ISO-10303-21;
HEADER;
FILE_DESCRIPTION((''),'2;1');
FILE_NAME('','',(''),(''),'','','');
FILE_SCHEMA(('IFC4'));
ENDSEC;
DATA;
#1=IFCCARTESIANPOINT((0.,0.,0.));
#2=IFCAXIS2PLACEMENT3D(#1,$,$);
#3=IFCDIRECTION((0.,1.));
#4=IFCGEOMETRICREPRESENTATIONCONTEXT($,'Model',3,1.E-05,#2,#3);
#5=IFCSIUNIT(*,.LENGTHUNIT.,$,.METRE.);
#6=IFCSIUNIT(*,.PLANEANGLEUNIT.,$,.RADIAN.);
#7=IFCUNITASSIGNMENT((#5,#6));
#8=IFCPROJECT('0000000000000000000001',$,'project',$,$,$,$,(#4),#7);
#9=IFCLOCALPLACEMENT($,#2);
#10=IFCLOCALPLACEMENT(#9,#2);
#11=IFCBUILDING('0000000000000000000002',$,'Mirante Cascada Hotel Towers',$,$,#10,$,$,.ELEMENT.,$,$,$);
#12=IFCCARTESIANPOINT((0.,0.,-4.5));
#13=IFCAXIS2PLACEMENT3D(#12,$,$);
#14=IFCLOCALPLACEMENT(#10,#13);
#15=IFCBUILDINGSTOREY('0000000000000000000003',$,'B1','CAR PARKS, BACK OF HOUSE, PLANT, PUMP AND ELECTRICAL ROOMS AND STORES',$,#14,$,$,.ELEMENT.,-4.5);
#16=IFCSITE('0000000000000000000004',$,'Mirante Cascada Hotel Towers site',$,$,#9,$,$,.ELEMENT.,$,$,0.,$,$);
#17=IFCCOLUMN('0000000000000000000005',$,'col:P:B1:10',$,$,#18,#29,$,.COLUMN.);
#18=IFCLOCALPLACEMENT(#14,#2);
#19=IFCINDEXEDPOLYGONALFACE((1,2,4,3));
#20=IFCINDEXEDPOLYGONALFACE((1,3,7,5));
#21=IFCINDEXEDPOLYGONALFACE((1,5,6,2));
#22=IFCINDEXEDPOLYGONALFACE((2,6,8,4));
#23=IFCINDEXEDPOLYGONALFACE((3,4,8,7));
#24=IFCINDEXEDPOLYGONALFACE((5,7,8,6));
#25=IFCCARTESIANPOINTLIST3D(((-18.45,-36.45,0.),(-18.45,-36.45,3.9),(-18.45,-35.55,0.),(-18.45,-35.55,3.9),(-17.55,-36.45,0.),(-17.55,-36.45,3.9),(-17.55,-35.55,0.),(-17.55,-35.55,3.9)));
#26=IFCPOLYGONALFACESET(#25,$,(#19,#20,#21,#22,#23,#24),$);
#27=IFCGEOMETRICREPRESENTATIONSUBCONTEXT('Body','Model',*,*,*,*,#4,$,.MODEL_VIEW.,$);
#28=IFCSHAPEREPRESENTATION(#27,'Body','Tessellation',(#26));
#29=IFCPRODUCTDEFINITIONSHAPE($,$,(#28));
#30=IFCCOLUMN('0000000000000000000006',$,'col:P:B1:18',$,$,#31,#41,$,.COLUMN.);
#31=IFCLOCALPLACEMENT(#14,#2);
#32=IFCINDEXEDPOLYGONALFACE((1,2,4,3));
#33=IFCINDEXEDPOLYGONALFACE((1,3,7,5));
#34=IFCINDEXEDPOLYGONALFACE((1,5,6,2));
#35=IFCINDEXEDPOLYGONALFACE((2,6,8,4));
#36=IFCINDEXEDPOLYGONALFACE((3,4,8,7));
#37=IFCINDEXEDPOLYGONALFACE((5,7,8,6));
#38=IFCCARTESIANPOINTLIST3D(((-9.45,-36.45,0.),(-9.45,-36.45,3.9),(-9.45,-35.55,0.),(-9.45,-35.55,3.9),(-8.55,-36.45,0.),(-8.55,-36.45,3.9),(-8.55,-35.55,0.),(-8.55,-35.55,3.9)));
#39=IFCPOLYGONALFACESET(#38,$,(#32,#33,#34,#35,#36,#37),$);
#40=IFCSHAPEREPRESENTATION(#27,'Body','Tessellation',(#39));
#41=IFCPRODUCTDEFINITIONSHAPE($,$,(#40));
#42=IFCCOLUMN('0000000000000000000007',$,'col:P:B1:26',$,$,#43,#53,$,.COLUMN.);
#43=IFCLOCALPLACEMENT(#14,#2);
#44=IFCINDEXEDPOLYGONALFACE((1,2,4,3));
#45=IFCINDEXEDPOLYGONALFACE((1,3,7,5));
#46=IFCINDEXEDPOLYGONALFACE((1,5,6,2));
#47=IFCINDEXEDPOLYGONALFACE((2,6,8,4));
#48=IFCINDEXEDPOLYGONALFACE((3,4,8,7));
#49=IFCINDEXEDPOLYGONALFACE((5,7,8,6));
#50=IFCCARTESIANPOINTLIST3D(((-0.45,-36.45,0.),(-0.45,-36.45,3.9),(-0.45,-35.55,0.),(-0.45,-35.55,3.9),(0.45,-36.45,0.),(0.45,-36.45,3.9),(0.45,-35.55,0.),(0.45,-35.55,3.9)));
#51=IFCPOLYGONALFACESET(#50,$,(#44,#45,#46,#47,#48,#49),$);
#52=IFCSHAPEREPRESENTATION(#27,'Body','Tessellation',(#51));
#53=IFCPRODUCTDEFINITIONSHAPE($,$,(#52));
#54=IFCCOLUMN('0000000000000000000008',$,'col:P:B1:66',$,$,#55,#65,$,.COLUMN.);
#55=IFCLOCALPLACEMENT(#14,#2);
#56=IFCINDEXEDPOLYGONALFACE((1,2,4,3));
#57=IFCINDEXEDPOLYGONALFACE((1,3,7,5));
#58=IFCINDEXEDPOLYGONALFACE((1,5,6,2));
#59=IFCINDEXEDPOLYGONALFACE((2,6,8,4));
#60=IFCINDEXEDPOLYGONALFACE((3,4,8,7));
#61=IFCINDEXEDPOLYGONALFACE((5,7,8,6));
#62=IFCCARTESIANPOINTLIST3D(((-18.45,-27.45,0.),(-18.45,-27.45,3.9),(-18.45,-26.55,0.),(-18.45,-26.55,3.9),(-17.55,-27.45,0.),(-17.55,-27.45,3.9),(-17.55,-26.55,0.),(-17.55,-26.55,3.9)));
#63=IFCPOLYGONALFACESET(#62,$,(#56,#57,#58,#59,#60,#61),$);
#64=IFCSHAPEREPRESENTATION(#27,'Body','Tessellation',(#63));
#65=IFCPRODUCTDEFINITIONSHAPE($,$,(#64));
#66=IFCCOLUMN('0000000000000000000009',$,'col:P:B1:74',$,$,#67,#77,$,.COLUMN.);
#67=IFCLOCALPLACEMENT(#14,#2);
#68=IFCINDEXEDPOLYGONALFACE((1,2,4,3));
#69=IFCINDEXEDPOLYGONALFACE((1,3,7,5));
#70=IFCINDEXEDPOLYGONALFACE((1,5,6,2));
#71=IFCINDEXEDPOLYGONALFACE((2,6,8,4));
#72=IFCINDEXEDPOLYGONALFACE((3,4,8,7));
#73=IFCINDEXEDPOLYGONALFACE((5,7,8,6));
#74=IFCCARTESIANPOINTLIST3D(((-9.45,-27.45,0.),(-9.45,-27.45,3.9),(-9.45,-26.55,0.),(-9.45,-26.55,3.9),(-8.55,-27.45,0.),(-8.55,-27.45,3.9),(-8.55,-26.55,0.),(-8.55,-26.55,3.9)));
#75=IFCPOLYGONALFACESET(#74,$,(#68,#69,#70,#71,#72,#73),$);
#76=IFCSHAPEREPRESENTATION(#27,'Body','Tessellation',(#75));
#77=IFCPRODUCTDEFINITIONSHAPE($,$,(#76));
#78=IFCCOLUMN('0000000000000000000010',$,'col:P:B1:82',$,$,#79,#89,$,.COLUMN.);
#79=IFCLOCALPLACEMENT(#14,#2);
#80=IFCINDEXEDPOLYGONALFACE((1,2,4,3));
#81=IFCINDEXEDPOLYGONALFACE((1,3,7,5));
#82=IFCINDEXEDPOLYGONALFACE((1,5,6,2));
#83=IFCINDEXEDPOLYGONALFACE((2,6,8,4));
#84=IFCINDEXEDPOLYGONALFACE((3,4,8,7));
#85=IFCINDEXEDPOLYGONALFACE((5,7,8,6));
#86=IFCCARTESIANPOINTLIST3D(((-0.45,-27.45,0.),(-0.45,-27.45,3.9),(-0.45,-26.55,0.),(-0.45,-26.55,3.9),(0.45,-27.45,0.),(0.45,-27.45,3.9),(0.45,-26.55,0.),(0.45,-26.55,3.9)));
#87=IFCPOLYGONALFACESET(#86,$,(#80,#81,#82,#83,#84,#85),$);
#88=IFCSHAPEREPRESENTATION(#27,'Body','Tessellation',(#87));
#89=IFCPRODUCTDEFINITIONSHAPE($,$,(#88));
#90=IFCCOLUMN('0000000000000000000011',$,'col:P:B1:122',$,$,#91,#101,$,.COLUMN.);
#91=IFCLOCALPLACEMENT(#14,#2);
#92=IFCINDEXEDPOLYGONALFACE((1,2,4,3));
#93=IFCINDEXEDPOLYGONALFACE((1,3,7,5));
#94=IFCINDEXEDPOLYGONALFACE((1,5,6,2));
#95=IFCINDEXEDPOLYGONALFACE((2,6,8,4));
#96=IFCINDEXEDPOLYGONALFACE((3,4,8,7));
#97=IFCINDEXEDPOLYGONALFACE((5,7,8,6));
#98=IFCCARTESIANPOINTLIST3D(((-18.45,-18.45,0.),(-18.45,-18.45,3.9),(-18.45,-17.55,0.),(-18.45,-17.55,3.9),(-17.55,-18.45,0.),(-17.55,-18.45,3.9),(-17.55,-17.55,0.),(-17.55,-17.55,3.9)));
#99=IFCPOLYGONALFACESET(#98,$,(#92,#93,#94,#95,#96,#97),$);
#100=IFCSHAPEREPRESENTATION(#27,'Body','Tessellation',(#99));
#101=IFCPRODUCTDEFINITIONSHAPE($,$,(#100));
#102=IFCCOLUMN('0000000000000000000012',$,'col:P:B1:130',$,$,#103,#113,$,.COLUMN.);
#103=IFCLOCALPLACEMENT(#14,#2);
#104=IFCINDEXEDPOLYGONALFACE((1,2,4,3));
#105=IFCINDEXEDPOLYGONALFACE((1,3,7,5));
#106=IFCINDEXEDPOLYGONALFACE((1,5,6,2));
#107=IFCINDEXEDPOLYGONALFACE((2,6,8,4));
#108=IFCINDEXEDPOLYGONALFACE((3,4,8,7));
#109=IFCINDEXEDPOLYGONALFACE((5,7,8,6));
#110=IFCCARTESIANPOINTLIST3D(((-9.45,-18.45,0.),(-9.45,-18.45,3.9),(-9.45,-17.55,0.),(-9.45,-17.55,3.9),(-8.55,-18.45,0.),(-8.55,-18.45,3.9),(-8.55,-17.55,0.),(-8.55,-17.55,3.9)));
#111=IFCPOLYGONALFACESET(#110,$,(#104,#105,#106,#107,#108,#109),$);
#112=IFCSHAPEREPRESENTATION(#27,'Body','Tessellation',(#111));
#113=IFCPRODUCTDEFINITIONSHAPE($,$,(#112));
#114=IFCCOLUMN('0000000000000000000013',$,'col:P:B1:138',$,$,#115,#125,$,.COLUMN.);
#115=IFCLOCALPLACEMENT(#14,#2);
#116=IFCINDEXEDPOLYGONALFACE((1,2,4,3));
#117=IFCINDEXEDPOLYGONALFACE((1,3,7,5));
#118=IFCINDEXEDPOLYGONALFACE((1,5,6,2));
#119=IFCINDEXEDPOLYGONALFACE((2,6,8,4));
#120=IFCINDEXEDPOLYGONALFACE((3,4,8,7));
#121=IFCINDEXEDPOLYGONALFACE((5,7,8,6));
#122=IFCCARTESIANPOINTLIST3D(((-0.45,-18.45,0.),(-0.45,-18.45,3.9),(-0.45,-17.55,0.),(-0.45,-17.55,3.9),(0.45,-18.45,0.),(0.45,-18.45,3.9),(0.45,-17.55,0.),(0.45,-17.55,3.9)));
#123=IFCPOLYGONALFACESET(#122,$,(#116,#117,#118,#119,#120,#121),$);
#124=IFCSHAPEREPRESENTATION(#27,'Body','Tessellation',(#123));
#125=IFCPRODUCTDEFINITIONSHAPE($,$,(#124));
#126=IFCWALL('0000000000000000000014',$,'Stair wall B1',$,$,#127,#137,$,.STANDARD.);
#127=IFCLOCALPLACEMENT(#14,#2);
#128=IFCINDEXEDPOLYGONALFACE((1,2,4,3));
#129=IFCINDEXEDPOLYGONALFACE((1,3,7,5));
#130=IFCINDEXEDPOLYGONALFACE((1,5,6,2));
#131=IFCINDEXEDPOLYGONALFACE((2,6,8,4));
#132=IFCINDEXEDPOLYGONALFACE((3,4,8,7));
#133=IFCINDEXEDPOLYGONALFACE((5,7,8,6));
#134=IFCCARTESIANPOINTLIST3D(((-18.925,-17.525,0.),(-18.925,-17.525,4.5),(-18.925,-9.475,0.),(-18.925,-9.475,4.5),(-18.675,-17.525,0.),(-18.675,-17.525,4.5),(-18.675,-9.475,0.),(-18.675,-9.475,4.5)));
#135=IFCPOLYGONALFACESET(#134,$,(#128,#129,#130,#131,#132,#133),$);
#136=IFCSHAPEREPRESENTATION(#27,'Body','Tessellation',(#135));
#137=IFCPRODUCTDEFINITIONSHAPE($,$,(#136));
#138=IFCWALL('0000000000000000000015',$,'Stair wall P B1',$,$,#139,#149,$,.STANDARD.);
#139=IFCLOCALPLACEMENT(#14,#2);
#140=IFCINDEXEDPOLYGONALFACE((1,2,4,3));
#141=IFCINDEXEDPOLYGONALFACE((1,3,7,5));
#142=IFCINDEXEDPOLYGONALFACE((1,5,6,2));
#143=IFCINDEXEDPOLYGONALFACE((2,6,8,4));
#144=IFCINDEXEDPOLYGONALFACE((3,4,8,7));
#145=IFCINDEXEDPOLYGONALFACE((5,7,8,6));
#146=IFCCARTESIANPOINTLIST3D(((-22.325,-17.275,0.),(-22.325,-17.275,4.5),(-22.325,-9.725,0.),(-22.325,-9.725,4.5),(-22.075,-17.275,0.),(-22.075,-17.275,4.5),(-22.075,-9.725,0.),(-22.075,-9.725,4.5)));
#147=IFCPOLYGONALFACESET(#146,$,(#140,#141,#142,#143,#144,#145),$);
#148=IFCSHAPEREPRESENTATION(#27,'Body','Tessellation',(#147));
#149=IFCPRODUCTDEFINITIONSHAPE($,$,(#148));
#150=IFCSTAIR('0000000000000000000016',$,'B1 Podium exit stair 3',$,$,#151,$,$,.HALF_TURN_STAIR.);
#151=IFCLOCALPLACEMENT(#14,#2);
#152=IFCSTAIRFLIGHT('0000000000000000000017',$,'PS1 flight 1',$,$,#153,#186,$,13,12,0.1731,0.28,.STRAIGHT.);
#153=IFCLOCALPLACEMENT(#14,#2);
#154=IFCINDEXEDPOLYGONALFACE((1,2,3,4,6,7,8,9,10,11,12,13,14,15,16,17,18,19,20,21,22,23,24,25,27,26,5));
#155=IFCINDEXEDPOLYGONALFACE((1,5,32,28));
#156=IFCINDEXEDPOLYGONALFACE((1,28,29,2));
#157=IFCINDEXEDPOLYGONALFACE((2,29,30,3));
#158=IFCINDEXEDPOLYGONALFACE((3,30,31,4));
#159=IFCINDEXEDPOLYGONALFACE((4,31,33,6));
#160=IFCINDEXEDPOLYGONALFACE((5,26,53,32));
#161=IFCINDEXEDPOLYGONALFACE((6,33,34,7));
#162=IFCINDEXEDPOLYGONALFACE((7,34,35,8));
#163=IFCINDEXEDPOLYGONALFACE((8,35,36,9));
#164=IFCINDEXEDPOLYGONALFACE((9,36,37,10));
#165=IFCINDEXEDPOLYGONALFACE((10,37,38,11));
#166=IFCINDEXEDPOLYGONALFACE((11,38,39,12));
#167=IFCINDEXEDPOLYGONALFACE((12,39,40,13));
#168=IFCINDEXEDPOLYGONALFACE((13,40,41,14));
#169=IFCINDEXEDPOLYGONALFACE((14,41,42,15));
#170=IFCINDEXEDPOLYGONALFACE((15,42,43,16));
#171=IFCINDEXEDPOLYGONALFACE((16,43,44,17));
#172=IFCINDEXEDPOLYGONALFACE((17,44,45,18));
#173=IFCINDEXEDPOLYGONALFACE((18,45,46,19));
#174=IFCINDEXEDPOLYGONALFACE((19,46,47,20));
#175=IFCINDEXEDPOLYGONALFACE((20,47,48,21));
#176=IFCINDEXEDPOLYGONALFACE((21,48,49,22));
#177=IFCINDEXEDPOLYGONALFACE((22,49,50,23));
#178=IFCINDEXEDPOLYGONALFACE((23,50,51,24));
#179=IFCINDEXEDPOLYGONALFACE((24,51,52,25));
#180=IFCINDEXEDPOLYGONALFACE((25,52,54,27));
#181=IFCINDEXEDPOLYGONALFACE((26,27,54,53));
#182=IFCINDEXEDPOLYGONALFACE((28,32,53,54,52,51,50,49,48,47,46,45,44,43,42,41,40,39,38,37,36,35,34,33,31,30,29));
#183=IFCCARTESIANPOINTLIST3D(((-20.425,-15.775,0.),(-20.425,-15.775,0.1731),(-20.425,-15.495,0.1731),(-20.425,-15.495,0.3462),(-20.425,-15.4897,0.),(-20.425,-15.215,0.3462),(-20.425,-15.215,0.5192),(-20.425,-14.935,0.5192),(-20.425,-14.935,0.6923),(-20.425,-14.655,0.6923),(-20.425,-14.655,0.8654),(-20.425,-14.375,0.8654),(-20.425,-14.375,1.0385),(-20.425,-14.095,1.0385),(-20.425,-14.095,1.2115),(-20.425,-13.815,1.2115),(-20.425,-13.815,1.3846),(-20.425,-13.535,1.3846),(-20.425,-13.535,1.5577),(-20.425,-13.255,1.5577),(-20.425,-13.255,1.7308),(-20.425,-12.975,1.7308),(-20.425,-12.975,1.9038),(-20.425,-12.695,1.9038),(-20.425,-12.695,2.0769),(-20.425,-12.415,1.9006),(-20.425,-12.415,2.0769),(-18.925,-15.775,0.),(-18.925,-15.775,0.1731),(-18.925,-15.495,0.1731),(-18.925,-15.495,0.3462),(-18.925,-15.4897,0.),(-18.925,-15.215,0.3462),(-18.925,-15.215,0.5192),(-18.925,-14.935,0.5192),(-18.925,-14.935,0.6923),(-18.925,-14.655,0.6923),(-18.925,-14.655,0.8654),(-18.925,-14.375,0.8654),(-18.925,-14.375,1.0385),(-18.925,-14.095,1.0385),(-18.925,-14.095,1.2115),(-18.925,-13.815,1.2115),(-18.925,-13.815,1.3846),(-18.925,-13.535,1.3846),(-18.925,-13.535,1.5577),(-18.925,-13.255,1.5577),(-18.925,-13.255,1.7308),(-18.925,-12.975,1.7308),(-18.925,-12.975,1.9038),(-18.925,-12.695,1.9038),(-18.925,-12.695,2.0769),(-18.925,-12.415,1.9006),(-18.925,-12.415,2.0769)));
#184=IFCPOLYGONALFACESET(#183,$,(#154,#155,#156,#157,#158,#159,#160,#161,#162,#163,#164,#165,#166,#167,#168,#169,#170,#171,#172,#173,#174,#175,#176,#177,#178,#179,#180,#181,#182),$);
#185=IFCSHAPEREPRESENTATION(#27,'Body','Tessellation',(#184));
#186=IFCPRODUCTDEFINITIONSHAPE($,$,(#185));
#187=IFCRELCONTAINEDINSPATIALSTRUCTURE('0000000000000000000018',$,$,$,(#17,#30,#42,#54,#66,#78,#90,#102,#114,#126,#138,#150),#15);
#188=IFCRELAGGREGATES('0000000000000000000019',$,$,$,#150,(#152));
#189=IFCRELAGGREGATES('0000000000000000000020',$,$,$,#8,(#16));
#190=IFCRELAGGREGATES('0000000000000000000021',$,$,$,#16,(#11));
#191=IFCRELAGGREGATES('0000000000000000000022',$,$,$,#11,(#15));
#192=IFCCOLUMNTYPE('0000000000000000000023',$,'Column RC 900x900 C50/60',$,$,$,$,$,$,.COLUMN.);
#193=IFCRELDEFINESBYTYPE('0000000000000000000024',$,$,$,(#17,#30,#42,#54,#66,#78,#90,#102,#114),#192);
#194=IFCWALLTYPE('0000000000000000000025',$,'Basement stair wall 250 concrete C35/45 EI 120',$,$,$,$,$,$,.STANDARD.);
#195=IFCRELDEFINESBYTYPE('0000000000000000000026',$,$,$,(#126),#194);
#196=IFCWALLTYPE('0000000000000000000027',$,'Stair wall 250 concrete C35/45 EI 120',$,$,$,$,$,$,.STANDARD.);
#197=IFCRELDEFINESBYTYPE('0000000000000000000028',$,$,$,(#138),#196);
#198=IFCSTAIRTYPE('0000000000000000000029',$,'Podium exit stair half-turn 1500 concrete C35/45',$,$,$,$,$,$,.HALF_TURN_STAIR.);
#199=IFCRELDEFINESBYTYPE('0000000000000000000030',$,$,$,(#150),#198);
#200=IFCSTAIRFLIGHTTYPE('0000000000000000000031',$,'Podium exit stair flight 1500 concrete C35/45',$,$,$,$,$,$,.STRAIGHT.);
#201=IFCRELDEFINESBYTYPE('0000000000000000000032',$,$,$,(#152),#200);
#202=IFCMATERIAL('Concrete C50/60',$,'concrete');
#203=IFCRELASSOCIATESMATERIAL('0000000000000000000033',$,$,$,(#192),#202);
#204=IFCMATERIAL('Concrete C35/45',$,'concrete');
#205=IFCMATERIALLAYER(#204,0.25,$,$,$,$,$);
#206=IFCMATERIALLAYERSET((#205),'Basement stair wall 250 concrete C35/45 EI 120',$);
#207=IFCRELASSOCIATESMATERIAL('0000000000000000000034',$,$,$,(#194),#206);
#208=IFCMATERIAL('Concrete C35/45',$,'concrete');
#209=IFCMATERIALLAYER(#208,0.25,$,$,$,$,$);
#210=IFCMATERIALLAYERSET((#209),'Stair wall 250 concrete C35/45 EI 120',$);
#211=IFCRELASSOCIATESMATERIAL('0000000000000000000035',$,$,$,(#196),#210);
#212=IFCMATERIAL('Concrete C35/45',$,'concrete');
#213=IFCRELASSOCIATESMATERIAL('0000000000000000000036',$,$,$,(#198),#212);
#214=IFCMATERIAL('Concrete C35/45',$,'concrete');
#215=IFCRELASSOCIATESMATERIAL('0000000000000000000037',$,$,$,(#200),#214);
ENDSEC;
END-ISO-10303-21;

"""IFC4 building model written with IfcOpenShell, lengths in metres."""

from ifc_helpers import new_model, si_unit, direction, frame, frame_2d, origin, origin_2d, place, context, subcontext, project, spatial, polyline, rectangle, outline, extrude, material, layer, layer_set, material_profile, profile_set, type_object, element, aggregate, save


model = new_model("IFC4")

# Units and contexts
model_context = context("Model", 3, precision=1e-05, world=origin(), true_north=direction((0.0, 1.0)))
body_context = subcontext(model_context, "Body", "Model", "MODEL_VIEW")
ifc_project = project(units=[si_unit("LENGTHUNIT", "METRE"), si_unit("PLANEANGLEUNIT", "RADIAN")], contexts=[model_context])

# Site, building, storey
site_placement = place(None, origin())
site = spatial("IfcSite", under=ifc_project, at=site_placement, Name="Mirante Cascada Hotel Towers site", CompositionType="ELEMENT", RefElevation=0.0)
building_placement = place(site_placement, origin())
building = spatial("IfcBuilding", under=site, at=building_placement, Name="Mirante Cascada Hotel Towers", CompositionType="ELEMENT")
storey_placement = place(building_placement, frame((0.0, 0.0, -4.5)))
storey = spatial("IfcBuildingStorey", under=building, at=storey_placement, Name="B1", Description="CAR PARKS, BACK OF HOUSE, PLANT, PUMP AND ELECTRICAL ROOMS AND STORES", CompositionType="ELEMENT", Elevation=-4.5)

# Columns
ifc_material_1 = material(Name="Concrete C50/60", Category="concrete")
ifc_material_profile = material_profile(ifc_material_1, rectangle(XDim=0.9, YDim=0.9, at=origin_2d()), Name="RC 900x900")
ifc_profile_set = profile_set([ifc_material_profile], Name="Concrete C50/60")
column_type = type_object("IfcColumnType", Name="Column RC 900x900 C50/60", PredefinedType="COLUMN", material=ifc_profile_set)
for number, where, z_axis, x_axis, name in (
    (1, (-18.0, -36.0, 0.0), (0.0, 0.0, 1.0), (1.0, 0.0, 0.0), "col:P:B1:10"),
    (2, (-9.0, -36.0, 0.0), (0.0, 0.0, 1.0), (1.0, 0.0, 0.0), "col:P:B1:18"),
    (3, (0.0, -36.0, 0.0), (0.0, 0.0, 1.0), (1.0, 0.0, 0.0), "col:P:B1:26"),
    (4, (-18.0, -27.0, 0.0), (0.0, 0.0, 1.0), (1.0, 0.0, 0.0), "col:P:B1:66"),
    (5, (-9.0, -27.0, 0.0), (0.0, 0.0, 1.0), (1.0, 0.0, 0.0), "col:P:B1:74"),
    (6, (0.0, -27.0, 0.0), (0.0, 0.0, 1.0), (1.0, 0.0, 0.0), "col:P:B1:82"),
    (7, (-18.0, -18.0, 0.0), (0.0, 0.0, 1.0), (1.0, 0.0, 0.0), "col:P:B1:122"),
    (8, (-9.0, -18.0, 0.0), (0.0, 0.0, 1.0), (1.0, 0.0, 0.0), "col:P:B1:130"),
    (9, (0.0, -18.0, 0.0), (0.0, 0.0, 1.0), (1.0, 0.0, 0.0), "col:P:B1:138"),
):
    element("IfcColumn", number, at=place(storey_placement, frame(where, z_axis=z_axis, x_axis=x_axis)), inside=storey, type_object=column_type, Name=name, PredefinedType="COLUMN", context=body_context, shape_type="SweptSolid", body=[
        extrude(rectangle(XDim=0.9, YDim=0.9, at=origin_2d()), origin(), (0.0, 0.0, 1.0), 3.9),
    ])

# Walls
ifc_material_2 = material(Name="Concrete C35/45", Category="concrete")
ifc_layer_1 = layer(ifc_material_2, 0.25)
ifc_layer_set_1 = layer_set([ifc_layer_1], Name="Basement stair wall 250 concrete C35/45 EI 120")
wall_type_1 = type_object("IfcWallType", Name="Basement stair wall 250 concrete C35/45 EI 120", PredefinedType="STANDARD", material=ifc_layer_set_1)
wall_1_placement = place(storey_placement, frame((-18.8, -17.525, 0.0), z_axis=(0.0, 0.0, 1.0), x_axis=(0.0, 1.0, 0.0)))
element("IfcWall", 10, at=wall_1_placement, inside=storey, type_object=wall_type_1, Name="Stair wall B1", PredefinedType="STANDARD", context=body_context, shape_type="SweptSolid", body=[
    extrude(rectangle(XDim=8.05, YDim=0.25, at=frame_2d((4.025, 0.0))), origin(), (0.0, 0.0, 1.0), 4.5),
])
ifc_material_3 = material(Name="Concrete C35/45", Category="concrete")
ifc_layer_2 = layer(ifc_material_3, 0.25)
ifc_layer_set_2 = layer_set([ifc_layer_2], Name="Stair wall 250 concrete C35/45 EI 120")
wall_type_2 = type_object("IfcWallType", Name="Stair wall 250 concrete C35/45 EI 120", PredefinedType="STANDARD", material=ifc_layer_set_2)
wall_2_placement = place(storey_placement, frame((-22.2, -17.275, 0.0), z_axis=(0.0, 0.0, 1.0), x_axis=(0.0, 1.0, 0.0)))
element("IfcWall", 11, at=wall_2_placement, inside=storey, type_object=wall_type_2, Name="Stair wall P B1", PredefinedType="STANDARD", context=body_context, shape_type="SweptSolid", body=[
    extrude(rectangle(XDim=7.55, YDim=0.25, at=frame_2d((3.775, 0.0))), origin(), (0.0, 0.0, 1.0), 4.5),
])

# Stair, stair flight
ifc_material_4 = material(Name="Concrete C35/45", Category="concrete")
stair_type = type_object("IfcStairType", Name="Podium exit stair half-turn 1500 concrete C35/45", PredefinedType="HALF_TURN_STAIR", material=ifc_material_4)
stair_1_placement = place(storey_placement, origin())
stair_1 = element("IfcStair", 12, at=stair_1_placement, inside=storey, type_object=stair_type, Name="B1 Podium exit stair 3", PredefinedType="HALF_TURN_STAIR")
ifc_material_5 = material(Name="Concrete C35/45", Category="concrete")
stair_flight_type = type_object("IfcStairFlightType", Name="Podium exit stair flight 1500 concrete C35/45", PredefinedType="STRAIGHT", material=ifc_material_5)
stair_flight_1_placement = place(storey_placement, frame((-19.675, -15.775, 0.0), z_axis=(0.0, 0.0, 1.0), x_axis=(0.0, 1.0, 0.0)))
stair_flight_1 = element("IfcStairFlight", 13, at=stair_flight_1_placement, type_object=stair_flight_type, Name="PS1 flight 1", NumberOfRisers=13, NumberOfTreads=12, PredefinedType="STRAIGHT", RiserHeight=0.1731, TreadLength=0.28, context=body_context, shape_type="SweptSolid", body=[
    extrude(outline(polyline([(0.0, 0.0), (0.0, 0.1731), (0.28, 0.1731), (0.28, 0.3462), (0.56, 0.3462), (0.56, 0.5192), (0.84, 0.5192), (0.84, 0.6923), (1.12, 0.6923), (1.12, 0.8654), (1.4, 0.8654), (1.4, 1.0385), (1.68, 1.0385), (1.68, 1.2115), (1.96, 1.2115), (1.96, 1.3846), (2.24, 1.3846), (2.24, 1.5577), (2.52, 1.5577), (2.52, 1.7308), (2.8, 1.7308), (2.8, 1.9038), (3.08, 1.9038), (3.08, 2.0769), (3.36, 2.0769), (3.36, 2.25), (3.36, 1.9006), (0.2853, 0.0), (0.0, 0.0)])), frame((0.0, 0.75, 0.0), z_axis=(0.0, -1.0, 0.0), x_axis=(1.0, 0.0, 0.0)), (0.0, 0.0, 1.0), 1.5),
])
aggregate(stair_1, [stair_flight_1])

save(model, "model.ifc")
